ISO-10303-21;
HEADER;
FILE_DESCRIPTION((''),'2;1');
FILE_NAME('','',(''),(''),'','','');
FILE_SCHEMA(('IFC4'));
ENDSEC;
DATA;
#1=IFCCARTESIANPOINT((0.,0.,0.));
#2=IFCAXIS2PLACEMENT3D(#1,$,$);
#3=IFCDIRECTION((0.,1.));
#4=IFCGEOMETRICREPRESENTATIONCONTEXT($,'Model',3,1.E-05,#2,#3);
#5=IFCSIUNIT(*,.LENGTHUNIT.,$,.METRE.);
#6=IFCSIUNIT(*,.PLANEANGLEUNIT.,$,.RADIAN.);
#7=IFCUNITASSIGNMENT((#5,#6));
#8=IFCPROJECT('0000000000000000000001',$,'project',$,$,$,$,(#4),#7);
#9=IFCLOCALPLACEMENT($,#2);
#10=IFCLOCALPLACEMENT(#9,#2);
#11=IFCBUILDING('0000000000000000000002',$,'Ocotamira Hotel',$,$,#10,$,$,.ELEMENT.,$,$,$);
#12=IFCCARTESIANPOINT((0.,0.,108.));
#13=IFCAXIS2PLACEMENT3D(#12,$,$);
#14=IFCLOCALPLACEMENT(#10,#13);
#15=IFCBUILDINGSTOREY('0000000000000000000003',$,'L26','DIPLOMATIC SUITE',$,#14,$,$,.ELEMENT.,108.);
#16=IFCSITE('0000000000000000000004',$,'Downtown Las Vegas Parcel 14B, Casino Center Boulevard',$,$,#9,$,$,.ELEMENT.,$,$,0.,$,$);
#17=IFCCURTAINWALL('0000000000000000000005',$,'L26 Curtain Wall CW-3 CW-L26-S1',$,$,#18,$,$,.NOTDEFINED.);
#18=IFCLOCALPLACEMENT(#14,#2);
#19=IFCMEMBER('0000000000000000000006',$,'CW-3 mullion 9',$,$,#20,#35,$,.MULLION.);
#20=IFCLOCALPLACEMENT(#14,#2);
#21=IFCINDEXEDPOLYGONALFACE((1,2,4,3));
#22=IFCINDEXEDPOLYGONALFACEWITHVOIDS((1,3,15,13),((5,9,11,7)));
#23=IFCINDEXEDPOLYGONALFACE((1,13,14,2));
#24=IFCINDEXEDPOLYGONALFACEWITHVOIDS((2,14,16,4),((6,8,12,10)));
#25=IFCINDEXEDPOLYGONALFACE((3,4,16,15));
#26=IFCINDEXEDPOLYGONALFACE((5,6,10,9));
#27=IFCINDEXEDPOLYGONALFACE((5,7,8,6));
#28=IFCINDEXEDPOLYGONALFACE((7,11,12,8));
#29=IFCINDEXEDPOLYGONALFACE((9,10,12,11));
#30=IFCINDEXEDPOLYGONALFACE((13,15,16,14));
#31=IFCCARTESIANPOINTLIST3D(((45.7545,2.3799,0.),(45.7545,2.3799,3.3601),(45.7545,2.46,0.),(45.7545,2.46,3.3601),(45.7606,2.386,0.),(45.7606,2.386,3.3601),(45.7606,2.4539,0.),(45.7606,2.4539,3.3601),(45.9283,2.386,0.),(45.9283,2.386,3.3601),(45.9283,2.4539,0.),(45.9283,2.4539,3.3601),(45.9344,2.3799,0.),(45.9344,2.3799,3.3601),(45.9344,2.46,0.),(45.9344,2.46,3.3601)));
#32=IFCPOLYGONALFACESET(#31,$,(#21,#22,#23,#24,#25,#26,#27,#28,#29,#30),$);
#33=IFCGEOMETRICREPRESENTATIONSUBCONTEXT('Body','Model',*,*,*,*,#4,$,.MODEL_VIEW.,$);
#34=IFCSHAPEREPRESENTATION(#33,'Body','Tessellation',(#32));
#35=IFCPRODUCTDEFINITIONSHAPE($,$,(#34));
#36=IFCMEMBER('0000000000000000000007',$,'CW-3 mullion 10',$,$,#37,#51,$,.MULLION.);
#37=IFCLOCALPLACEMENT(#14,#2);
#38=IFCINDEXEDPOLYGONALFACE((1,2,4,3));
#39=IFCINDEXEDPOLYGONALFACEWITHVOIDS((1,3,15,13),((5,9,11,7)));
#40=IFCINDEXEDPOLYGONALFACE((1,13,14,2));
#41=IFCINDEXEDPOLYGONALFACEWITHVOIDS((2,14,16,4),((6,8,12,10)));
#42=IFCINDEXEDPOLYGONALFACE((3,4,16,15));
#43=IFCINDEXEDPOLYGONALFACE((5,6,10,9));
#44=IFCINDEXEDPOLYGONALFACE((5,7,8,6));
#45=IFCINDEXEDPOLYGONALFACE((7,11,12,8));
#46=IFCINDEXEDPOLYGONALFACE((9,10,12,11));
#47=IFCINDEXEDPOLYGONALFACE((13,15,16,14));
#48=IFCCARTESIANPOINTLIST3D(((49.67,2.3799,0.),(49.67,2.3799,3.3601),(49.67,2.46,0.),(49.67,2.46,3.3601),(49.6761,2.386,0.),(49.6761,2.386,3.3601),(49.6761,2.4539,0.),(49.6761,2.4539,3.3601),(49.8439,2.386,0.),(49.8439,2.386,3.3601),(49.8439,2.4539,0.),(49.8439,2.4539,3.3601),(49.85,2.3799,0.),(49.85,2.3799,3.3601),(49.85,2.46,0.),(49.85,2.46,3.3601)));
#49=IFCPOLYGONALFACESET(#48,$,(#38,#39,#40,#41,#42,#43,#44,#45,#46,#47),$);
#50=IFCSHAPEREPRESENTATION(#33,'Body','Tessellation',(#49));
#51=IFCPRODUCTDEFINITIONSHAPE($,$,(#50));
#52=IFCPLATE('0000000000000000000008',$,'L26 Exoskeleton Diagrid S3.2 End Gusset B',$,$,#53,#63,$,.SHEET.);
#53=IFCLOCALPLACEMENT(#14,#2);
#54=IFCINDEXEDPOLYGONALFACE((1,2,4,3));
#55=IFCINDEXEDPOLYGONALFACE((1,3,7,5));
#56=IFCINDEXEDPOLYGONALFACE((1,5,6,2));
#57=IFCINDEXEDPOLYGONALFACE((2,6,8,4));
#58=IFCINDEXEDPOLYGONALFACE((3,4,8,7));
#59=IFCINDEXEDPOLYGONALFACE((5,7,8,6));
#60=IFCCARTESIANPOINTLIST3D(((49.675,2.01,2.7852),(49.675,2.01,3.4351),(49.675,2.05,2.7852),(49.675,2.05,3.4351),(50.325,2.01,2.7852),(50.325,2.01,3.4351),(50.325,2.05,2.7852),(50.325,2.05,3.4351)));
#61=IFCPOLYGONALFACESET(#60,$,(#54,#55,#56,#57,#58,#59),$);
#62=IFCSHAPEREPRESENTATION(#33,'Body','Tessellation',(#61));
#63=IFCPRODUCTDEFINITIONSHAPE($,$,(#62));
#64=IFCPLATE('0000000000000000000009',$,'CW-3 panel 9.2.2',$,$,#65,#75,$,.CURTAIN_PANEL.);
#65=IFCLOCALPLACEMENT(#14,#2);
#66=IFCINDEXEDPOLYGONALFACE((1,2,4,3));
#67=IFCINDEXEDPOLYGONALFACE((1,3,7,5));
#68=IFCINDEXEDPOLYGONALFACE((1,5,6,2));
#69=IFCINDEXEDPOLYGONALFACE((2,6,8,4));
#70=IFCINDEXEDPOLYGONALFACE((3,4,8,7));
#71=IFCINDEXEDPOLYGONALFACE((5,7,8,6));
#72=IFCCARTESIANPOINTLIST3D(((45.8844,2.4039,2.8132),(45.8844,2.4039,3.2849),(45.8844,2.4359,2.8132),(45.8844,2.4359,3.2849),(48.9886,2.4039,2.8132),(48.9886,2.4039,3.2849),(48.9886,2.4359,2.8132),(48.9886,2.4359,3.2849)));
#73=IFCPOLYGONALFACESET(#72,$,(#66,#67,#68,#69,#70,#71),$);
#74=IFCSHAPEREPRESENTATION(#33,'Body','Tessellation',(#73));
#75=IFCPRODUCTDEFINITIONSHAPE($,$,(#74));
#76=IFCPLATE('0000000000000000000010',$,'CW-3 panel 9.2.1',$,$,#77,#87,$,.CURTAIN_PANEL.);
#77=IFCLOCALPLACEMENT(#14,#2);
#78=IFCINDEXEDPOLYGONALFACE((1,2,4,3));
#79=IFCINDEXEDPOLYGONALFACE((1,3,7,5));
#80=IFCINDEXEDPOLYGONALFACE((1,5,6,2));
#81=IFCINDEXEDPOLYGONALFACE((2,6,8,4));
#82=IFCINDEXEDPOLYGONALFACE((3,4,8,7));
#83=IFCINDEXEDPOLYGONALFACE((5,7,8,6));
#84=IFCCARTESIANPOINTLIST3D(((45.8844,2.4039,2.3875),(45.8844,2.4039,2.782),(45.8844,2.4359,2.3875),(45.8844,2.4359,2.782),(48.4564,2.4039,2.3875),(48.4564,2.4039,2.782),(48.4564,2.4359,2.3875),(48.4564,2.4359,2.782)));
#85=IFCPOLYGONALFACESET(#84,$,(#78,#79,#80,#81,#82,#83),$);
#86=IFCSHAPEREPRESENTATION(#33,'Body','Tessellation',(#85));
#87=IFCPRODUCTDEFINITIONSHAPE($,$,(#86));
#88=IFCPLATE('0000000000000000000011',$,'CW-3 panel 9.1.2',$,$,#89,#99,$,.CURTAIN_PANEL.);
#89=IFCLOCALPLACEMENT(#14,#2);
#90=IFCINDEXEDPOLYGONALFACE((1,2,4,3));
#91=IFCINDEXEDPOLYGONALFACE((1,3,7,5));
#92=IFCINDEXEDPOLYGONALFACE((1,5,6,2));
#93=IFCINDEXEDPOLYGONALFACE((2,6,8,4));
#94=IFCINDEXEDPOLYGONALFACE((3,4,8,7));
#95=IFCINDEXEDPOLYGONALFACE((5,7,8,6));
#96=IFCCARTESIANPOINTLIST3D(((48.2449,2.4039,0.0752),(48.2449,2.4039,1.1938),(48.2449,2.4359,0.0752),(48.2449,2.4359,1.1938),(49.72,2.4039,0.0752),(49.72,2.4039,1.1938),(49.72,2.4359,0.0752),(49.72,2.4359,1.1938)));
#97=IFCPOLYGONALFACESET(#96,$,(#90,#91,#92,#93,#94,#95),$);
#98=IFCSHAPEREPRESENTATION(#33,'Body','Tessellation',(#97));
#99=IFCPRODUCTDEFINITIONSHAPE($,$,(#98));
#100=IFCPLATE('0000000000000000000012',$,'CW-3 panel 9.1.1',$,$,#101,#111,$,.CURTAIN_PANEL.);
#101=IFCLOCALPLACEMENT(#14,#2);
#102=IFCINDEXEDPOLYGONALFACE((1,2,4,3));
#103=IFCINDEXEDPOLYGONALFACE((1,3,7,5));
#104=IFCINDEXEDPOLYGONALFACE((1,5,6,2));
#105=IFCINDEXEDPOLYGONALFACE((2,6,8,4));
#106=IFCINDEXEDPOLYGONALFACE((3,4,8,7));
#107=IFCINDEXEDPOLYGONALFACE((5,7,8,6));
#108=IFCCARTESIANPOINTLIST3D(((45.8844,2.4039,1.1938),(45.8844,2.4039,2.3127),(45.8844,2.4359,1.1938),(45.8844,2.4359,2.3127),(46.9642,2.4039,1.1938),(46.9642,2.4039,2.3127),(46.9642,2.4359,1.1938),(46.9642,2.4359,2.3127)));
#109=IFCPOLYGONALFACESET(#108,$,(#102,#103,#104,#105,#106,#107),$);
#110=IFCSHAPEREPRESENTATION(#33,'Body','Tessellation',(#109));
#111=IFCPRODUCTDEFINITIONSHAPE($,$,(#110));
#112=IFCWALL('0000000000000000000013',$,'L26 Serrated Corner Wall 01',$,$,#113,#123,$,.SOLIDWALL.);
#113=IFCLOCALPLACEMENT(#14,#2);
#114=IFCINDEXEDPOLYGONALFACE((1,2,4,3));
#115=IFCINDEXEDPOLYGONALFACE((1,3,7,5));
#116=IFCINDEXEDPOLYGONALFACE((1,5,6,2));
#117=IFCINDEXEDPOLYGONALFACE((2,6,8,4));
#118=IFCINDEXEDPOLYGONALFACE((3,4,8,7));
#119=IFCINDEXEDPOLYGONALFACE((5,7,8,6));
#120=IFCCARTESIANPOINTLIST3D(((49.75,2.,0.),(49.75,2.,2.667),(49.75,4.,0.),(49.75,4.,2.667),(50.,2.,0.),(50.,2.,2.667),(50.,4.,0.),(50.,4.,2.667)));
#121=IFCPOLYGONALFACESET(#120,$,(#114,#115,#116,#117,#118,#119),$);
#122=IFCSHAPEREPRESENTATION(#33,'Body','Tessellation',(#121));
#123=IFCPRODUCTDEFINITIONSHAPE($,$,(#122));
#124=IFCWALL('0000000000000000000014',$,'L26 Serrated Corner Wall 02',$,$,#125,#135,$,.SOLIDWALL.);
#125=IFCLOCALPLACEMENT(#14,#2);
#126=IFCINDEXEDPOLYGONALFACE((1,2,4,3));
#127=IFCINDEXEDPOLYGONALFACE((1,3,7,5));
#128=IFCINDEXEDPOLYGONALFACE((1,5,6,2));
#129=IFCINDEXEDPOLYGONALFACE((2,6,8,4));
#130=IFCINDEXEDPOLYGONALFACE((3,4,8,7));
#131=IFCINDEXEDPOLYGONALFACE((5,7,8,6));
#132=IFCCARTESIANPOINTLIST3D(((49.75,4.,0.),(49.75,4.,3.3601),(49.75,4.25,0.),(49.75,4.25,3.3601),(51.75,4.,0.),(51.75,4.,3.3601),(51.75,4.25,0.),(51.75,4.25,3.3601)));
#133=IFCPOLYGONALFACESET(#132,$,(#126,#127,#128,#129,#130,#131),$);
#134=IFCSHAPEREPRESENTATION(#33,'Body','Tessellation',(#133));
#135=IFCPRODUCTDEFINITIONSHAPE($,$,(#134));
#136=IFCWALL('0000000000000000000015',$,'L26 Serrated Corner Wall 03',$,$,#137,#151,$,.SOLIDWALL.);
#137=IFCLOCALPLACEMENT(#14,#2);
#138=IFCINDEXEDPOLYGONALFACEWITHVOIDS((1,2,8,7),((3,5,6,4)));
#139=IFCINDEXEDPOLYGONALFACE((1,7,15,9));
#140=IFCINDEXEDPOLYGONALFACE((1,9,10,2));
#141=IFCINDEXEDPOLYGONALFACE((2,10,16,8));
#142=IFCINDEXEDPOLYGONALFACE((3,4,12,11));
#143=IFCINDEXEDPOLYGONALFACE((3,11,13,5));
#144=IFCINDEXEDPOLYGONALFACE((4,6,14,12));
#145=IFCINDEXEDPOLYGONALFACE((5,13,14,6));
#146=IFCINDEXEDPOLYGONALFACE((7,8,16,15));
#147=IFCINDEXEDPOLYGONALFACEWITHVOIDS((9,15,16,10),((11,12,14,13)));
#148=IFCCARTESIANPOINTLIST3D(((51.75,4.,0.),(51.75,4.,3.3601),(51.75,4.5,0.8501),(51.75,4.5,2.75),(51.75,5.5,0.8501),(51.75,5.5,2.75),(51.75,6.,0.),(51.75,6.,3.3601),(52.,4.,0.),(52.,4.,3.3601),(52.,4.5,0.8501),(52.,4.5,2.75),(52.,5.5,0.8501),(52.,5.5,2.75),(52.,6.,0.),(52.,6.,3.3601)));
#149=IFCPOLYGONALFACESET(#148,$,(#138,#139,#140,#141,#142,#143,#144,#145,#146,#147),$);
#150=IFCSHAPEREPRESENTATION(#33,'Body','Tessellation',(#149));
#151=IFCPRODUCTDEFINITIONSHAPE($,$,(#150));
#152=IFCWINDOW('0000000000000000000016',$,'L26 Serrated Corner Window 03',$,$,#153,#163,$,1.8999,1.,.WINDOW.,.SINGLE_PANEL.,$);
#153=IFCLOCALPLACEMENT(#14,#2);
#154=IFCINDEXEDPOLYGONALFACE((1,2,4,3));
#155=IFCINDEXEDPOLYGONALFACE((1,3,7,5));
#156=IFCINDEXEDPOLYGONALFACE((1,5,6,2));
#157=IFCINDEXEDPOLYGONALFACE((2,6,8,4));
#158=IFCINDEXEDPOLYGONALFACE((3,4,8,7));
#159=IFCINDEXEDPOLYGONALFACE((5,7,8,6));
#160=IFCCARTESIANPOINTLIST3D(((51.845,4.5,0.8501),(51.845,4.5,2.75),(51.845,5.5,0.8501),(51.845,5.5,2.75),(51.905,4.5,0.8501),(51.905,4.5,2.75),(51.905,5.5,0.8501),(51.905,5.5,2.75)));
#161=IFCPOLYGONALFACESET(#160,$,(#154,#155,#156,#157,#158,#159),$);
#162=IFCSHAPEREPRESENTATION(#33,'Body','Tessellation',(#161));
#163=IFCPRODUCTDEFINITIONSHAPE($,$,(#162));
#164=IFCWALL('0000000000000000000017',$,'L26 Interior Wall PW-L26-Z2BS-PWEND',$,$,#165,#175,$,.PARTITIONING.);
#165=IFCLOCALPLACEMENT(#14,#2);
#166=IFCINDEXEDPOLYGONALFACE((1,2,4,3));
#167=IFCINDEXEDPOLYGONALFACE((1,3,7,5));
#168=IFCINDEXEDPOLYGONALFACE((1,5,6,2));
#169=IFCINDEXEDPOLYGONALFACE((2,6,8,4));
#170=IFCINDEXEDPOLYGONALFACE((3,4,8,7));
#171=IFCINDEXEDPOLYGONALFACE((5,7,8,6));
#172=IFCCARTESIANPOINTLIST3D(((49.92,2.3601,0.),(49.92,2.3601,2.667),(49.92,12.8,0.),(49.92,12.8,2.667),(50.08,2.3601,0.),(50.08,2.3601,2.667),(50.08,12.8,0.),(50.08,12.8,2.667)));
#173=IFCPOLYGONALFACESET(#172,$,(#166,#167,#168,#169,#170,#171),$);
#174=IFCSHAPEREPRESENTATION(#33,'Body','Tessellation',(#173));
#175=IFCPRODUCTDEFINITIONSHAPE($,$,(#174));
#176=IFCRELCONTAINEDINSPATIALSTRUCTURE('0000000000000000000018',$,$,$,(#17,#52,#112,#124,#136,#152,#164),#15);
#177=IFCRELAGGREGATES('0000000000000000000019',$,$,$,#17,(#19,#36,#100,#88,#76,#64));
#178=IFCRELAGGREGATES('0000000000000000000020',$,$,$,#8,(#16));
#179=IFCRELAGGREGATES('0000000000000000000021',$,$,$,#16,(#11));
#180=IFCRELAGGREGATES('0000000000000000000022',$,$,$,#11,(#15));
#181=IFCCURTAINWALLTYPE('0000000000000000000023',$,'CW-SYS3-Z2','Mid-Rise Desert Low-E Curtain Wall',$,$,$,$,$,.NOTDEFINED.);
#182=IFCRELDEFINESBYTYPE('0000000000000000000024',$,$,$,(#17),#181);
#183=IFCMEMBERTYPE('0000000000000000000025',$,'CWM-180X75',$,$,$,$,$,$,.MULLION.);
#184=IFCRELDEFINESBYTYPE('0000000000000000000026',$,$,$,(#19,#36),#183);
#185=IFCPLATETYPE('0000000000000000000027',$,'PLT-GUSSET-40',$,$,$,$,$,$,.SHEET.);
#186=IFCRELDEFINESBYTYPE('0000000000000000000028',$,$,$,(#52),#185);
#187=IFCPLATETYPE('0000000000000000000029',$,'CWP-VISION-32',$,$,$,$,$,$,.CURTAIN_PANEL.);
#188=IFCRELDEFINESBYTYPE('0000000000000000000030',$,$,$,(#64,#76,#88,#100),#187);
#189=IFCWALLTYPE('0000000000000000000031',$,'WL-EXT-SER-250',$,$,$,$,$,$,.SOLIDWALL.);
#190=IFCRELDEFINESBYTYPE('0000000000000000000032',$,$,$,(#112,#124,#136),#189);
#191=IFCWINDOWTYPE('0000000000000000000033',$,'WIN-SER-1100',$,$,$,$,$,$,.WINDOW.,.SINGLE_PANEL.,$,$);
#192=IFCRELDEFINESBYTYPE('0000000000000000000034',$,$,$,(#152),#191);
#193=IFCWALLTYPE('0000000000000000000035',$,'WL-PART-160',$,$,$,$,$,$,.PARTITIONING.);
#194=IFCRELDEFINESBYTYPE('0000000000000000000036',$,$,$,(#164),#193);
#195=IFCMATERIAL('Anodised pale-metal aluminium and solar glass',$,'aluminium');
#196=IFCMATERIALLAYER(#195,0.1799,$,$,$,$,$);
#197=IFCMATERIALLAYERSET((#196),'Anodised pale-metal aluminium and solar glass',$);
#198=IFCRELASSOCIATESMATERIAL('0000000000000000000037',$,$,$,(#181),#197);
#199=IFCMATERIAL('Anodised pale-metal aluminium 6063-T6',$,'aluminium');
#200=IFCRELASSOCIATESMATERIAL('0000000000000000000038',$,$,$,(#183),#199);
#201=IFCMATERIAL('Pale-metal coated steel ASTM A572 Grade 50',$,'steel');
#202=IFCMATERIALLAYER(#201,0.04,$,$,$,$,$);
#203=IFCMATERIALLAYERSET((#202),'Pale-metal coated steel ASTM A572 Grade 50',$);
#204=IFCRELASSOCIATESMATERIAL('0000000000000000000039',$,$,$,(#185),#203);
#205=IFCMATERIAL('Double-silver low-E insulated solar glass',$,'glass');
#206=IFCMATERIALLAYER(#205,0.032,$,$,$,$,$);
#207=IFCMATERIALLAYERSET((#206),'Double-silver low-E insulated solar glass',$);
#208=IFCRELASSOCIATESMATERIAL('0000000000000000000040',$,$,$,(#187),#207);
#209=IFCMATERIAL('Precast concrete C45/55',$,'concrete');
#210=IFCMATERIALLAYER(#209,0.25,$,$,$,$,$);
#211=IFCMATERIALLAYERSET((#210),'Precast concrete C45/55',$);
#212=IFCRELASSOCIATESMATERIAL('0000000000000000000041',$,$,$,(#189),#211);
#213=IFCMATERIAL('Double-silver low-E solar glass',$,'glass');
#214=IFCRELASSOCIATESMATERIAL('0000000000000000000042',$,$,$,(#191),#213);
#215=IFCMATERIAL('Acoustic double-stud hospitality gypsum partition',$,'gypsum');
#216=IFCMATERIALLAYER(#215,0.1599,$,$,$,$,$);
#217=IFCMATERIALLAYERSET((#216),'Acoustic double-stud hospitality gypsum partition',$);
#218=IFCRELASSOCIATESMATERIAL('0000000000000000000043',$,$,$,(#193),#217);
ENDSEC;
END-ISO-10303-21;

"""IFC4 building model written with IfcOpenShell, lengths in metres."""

from ifc_helpers import new_model, si_unit, direction, frame, frame_2d, origin, origin_2d, place, context, subcontext, project, spatial, rectangle, hollow_rectangle, extrude, source, transform, mapped, material, layer, layer_set, material_profile, profile_set, type_object, element, fill, aggregate, save


model = new_model("IFC4")

# Units and contexts
model_context = context("Model", 3, precision=1e-05, world=origin(), true_north=direction((0.0, 1.0)))
body_context = subcontext(model_context, "Body", "Model", "MODEL_VIEW")
ifc_project = project(units=[si_unit("LENGTHUNIT", "METRE"), si_unit("PLANEANGLEUNIT", "RADIAN")], contexts=[model_context])

# Site, building, storey
site_placement = place(None, origin())
site = spatial("IfcSite", under=ifc_project, at=site_placement, Name="Downtown Las Vegas Parcel 14B, Casino Center Boulevard", CompositionType="ELEMENT", RefElevation=0.0)
building_placement = place(site_placement, origin())
building = spatial("IfcBuilding", under=site, at=building_placement, Name="Ocotamira Hotel", CompositionType="ELEMENT")
storey_placement = place(building_placement, frame((0.0, 0.0, 108.0)))
storey = spatial("IfcBuildingStorey", under=building, at=storey_placement, Name="L26", Description="DIPLOMATIC SUITE", CompositionType="ELEMENT", Elevation=108.0)

# Curtain wall, members
ifc_material_1 = material(Name="Anodised pale-metal aluminium and solar glass", Category="aluminium")
ifc_layer_1 = layer(ifc_material_1, 0.1799)
ifc_layer_set_1 = layer_set([ifc_layer_1], Name="Anodised pale-metal aluminium and solar glass")
curtain_wall_type = type_object("IfcCurtainWallType", Name="CW-SYS3-Z2", Description="Mid-Rise Desert Low-E Curtain Wall", PredefinedType="NOTDEFINED", material=ifc_layer_set_1)
curtain_wall_placement = place(storey_placement, origin())
curtain_wall = element("IfcCurtainWall", 1, at=curtain_wall_placement, inside=storey, type_object=curtain_wall_type, Name="L26 Curtain Wall CW-3 CW-L26-S1", PredefinedType="NOTDEFINED")
ifc_material_2 = material(Name="Anodised pale-metal aluminium 6063-T6", Category="aluminium")
ifc_material_profile_1 = material_profile(ifc_material_2, hollow_rectangle(XDim=0.0801, YDim=0.1799, WallThickness=0.0061, at=origin_2d()), Name="HSS180X80X6")
ifc_profile_set_1 = profile_set([ifc_material_profile_1], Name="Anodised pale-metal aluminium 6063-T6")
member_type_1 = type_object("IfcMemberType", Name="CWM-180X75", PredefinedType="MULLION", material=ifc_profile_set_1)
shared_shape_1 = source(origin(), body_context, "Body", "SweptSolid", [
    extrude(hollow_rectangle(XDim=0.0801, YDim=0.1799, WallThickness=0.0061, at=origin_2d()), origin(), (0.0, 0.0, 1.0), 3.3601),
])
member_1_placement = place(storey_placement, frame((45.8445, 2.4199, 0.0), z_axis=(0.0, 0.0, 1.0), x_axis=(0.0, 1.0, 0.0)))
member_1 = element("IfcMember", 2, at=member_1_placement, type_object=member_type_1, Name="CW-3 mullion 9", PredefinedType="MULLION", context=body_context, shape_type="MappedRepresentation", body=[
    mapped(shared_shape_1, transform((0.0, 0.0, 0.0), scale=1.0)),
])
member_2_placement = place(storey_placement, frame((49.76, 2.4199, 0.0), z_axis=(0.0, 0.0, 1.0), x_axis=(0.0, 1.0, 0.0)))
member_2 = element("IfcMember", 3, at=member_2_placement, type_object=member_type_1, Name="CW-3 mullion 10", PredefinedType="MULLION", context=body_context, shape_type="MappedRepresentation", body=[
    mapped(shared_shape_1, transform((0.0, 0.0, 0.0), scale=1.0)),
])

# Plates
ifc_material_3 = material(Name="Pale-metal coated steel ASTM A572 Grade 50", Category="steel")
ifc_layer_2 = layer(ifc_material_3, 0.04)
ifc_layer_set_2 = layer_set([ifc_layer_2], Name="Pale-metal coated steel ASTM A572 Grade 50")
plate_type_1 = type_object("IfcPlateType", Name="PLT-GUSSET-40", PredefinedType="SHEET", material=ifc_layer_set_2)
shared_shape_2 = source(origin(), body_context, "Body", "SweptSolid", [
    extrude(rectangle(XDim=0.6499, YDim=0.04, at=origin_2d()), origin(), (0.0, 0.0, 1.0), 0.6499),
])
plate_1_placement = place(storey_placement, frame((50.0, 2.03, 2.7852), z_axis=(0.0, 0.0, 1.0), x_axis=(1.0, 0.0, 0.0)))
element("IfcPlate", 4, at=plate_1_placement, inside=storey, type_object=plate_type_1, Name="L26 Exoskeleton Diagrid S3.2 End Gusset B", PredefinedType="SHEET", context=body_context, shape_type="MappedRepresentation", body=[
    mapped(shared_shape_2, transform((0.0, 0.0, 0.0), scale=1.0)),
])
ifc_material_4 = material(Name="Double-silver low-E insulated solar glass", Category="glass")
ifc_layer_3 = layer(ifc_material_4, 0.032)
ifc_layer_set_3 = layer_set([ifc_layer_3], Name="Double-silver low-E insulated solar glass")
plate_type_2 = type_object("IfcPlateType", Name="CWP-VISION-32", PredefinedType="CURTAIN_PANEL", material=ifc_layer_set_3)
shared_shape_3 = source(origin(), body_context, "Body", "SweptSolid", [
    extrude(rectangle(XDim=3.1042, YDim=0.032, at=origin_2d()), origin(), (0.0, 0.0, 1.0), 0.4717),
])
plate_2_placement = place(storey_placement, frame((47.4365, 2.4199, 2.8132), z_axis=(0.0, 0.0, 1.0), x_axis=(1.0, 0.0, 0.0)))
plate_2 = element("IfcPlate", 5, at=plate_2_placement, type_object=plate_type_2, Name="CW-3 panel 9.2.2", PredefinedType="CURTAIN_PANEL", context=body_context, shape_type="MappedRepresentation", body=[
    mapped(shared_shape_3, transform((0.0, 0.0, 0.0), scale=1.0)),
])
shared_shape_4 = source(origin(), body_context, "Body", "SweptSolid", [
    extrude(rectangle(XDim=2.572, YDim=0.032, at=origin_2d()), origin(), (0.0, 0.0, 1.0), 0.3945),
])
plate_3_placement = place(storey_placement, frame((47.1704, 2.4199, 2.3875), z_axis=(0.0, 0.0, 1.0), x_axis=(1.0, 0.0, 0.0)))
plate_3 = element("IfcPlate", 6, at=plate_3_placement, type_object=plate_type_2, Name="CW-3 panel 9.2.1", PredefinedType="CURTAIN_PANEL", context=body_context, shape_type="MappedRepresentation", body=[
    mapped(shared_shape_4, transform((0.0, 0.0, 0.0), scale=1.0)),
])
shared_shape_5 = source(origin(), body_context, "Body", "SweptSolid", [
    extrude(rectangle(XDim=1.4751, YDim=0.032, at=origin_2d()), origin(), (0.0, 0.0, 1.0), 1.1187),
])
plate_4_placement = place(storey_placement, frame((48.9824, 2.4199, 0.0752), z_axis=(0.0, 0.0, 1.0), x_axis=(1.0, 0.0, 0.0)))
plate_4 = element("IfcPlate", 7, at=plate_4_placement, type_object=plate_type_2, Name="CW-3 panel 9.1.2", PredefinedType="CURTAIN_PANEL", context=body_context, shape_type="MappedRepresentation", body=[
    mapped(shared_shape_5, transform((0.0, 0.0, 0.0), scale=1.0)),
])
shared_shape_6 = source(origin(), body_context, "Body", "SweptSolid", [
    extrude(rectangle(XDim=1.0798, YDim=0.032, at=origin_2d()), origin(), (0.0, 0.0, 1.0), 1.1189),
])
plate_5_placement = place(storey_placement, frame((46.4243, 2.4199, 1.1938), z_axis=(0.0, 0.0, 1.0), x_axis=(1.0, 0.0, 0.0)))
plate_5 = element("IfcPlate", 8, at=plate_5_placement, type_object=plate_type_2, Name="CW-3 panel 9.1.1", PredefinedType="CURTAIN_PANEL", context=body_context, shape_type="MappedRepresentation", body=[
    mapped(shared_shape_6, transform((0.0, 0.0, 0.0), scale=1.0)),
])
aggregate(curtain_wall, [member_1, member_2, plate_5, plate_4, plate_3, plate_2])

# Walls
ifc_material_5 = material(Name="Precast concrete C45/55", Category="concrete")
ifc_layer_4 = layer(ifc_material_5, 0.25)
ifc_layer_set_4 = layer_set([ifc_layer_4], Name="Precast concrete C45/55")
wall_type_1 = type_object("IfcWallType", Name="WL-EXT-SER-250", PredefinedType="SOLIDWALL", material=ifc_layer_set_4)
wall_1_placement = place(storey_placement, frame((49.875, 2.0, 0.0), z_axis=(0.0, 0.0, 1.0), x_axis=(0.0, 1.0, 0.0)))
element("IfcWall", 9, at=wall_1_placement, inside=storey, type_object=wall_type_1, Name="L26 Serrated Corner Wall 01", PredefinedType="SOLIDWALL", context=body_context, shape_type="SweptSolid", body=[
    extrude(rectangle(XDim=2.0, YDim=0.25, at=frame_2d((1.0, 0.0))), origin(), (0.0, 0.0, 1.0), 2.667),
])
wall_2_placement = place(storey_placement, frame((49.75, 4.125, 0.0), z_axis=(0.0, 0.0, 1.0), x_axis=(1.0, 0.0, 0.0)))
element("IfcWall", 10, at=wall_2_placement, inside=storey, type_object=wall_type_1, Name="L26 Serrated Corner Wall 02", PredefinedType="SOLIDWALL", context=body_context, shape_type="SweptSolid", body=[
    extrude(rectangle(XDim=2.0, YDim=0.25, at=frame_2d((1.0, 0.0))), origin(), (0.0, 0.0, 1.0), 3.3601),
])

# Wall, opening, window
wall_3_placement = place(storey_placement, frame((51.875, 4.0, 0.0), z_axis=(0.0, 0.0, 1.0), x_axis=(0.0, 1.0, 0.0)))
wall_3 = element("IfcWall", 11, at=wall_3_placement, inside=storey, type_object=wall_type_1, Name="L26 Serrated Corner Wall 03", PredefinedType="SOLIDWALL", context=body_context, shape_type="SweptSolid", body=[
    extrude(rectangle(XDim=2.0, YDim=0.25, at=frame_2d((1.0, 0.0))), origin(), (0.0, 0.0, 1.0), 3.3601),
])
opening_placement = place(wall_3_placement, frame((0.5, 0.0, 0.8501)))
opening = element("IfcOpeningElement", 12, at=opening_placement, cuts=wall_3, PredefinedType="OPENING", context=body_context, shape_type="SweptSolid", body=[
    extrude(rectangle(XDim=1.0, YDim=1.8999, at=frame_2d((0.5, 0.95))), frame((0.0, 0.135, 0.0), z_axis=(0.0, -1.0, 0.0), x_axis=(1.0, 0.0, 0.0)), (0.0, 0.0, 1.0), 0.27),
])
ifc_material_6 = material(Name="Double-silver low-E solar glass", Category="glass")
window_type = type_object("IfcWindowType", Name="WIN-SER-1100", PartitioningType="SINGLE_PANEL", PredefinedType="WINDOW", material=ifc_material_6)
shared_shape_7 = source(origin(), body_context, "Body", "SweptSolid", [
    extrude(rectangle(XDim=1.0, YDim=1.8999, at=frame_2d((0.5, 0.95))), frame((0.0, 0.03, 0.0), z_axis=(0.0, -1.0, 0.0), x_axis=(1.0, 0.0, 0.0)), (0.0, 0.0, 1.0), 0.0601),
])
window_placement = place(opening_placement, origin())
window = element("IfcWindow", 13, at=window_placement, inside=storey, type_object=window_type, Name="L26 Serrated Corner Window 03", OverallHeight=1.8999, OverallWidth=1.0, PartitioningType="SINGLE_PANEL", PredefinedType="WINDOW", context=body_context, shape_type="MappedRepresentation", body=[
    mapped(shared_shape_7, transform((0.0, 0.0, 0.0), scale=1.0)),
])
fill(opening, window)

# Wall
ifc_material_7 = material(Name="Acoustic double-stud hospitality gypsum partition", Category="gypsum")
ifc_layer_5 = layer(ifc_material_7, 0.1599)
ifc_layer_set_5 = layer_set([ifc_layer_5], Name="Acoustic double-stud hospitality gypsum partition")
wall_type_2 = type_object("IfcWallType", Name="WL-PART-160", PredefinedType="PARTITIONING", material=ifc_layer_set_5)
wall_4_placement = place(storey_placement, frame((50.0, 2.3601, 0.0), z_axis=(0.0, 0.0, 1.0), x_axis=(0.0, 1.0, 0.0)))
element("IfcWall", 14, at=wall_4_placement, inside=storey, type_object=wall_type_2, Name="L26 Interior Wall PW-L26-Z2BS-PWEND", PredefinedType="PARTITIONING", context=body_context, shape_type="SweptSolid", body=[
    extrude(rectangle(XDim=10.4399, YDim=0.1599, at=frame_2d((5.22, 0.0))), origin(), (0.0, 0.0, 1.0), 2.667),
])

save(model, "model.ifc")
